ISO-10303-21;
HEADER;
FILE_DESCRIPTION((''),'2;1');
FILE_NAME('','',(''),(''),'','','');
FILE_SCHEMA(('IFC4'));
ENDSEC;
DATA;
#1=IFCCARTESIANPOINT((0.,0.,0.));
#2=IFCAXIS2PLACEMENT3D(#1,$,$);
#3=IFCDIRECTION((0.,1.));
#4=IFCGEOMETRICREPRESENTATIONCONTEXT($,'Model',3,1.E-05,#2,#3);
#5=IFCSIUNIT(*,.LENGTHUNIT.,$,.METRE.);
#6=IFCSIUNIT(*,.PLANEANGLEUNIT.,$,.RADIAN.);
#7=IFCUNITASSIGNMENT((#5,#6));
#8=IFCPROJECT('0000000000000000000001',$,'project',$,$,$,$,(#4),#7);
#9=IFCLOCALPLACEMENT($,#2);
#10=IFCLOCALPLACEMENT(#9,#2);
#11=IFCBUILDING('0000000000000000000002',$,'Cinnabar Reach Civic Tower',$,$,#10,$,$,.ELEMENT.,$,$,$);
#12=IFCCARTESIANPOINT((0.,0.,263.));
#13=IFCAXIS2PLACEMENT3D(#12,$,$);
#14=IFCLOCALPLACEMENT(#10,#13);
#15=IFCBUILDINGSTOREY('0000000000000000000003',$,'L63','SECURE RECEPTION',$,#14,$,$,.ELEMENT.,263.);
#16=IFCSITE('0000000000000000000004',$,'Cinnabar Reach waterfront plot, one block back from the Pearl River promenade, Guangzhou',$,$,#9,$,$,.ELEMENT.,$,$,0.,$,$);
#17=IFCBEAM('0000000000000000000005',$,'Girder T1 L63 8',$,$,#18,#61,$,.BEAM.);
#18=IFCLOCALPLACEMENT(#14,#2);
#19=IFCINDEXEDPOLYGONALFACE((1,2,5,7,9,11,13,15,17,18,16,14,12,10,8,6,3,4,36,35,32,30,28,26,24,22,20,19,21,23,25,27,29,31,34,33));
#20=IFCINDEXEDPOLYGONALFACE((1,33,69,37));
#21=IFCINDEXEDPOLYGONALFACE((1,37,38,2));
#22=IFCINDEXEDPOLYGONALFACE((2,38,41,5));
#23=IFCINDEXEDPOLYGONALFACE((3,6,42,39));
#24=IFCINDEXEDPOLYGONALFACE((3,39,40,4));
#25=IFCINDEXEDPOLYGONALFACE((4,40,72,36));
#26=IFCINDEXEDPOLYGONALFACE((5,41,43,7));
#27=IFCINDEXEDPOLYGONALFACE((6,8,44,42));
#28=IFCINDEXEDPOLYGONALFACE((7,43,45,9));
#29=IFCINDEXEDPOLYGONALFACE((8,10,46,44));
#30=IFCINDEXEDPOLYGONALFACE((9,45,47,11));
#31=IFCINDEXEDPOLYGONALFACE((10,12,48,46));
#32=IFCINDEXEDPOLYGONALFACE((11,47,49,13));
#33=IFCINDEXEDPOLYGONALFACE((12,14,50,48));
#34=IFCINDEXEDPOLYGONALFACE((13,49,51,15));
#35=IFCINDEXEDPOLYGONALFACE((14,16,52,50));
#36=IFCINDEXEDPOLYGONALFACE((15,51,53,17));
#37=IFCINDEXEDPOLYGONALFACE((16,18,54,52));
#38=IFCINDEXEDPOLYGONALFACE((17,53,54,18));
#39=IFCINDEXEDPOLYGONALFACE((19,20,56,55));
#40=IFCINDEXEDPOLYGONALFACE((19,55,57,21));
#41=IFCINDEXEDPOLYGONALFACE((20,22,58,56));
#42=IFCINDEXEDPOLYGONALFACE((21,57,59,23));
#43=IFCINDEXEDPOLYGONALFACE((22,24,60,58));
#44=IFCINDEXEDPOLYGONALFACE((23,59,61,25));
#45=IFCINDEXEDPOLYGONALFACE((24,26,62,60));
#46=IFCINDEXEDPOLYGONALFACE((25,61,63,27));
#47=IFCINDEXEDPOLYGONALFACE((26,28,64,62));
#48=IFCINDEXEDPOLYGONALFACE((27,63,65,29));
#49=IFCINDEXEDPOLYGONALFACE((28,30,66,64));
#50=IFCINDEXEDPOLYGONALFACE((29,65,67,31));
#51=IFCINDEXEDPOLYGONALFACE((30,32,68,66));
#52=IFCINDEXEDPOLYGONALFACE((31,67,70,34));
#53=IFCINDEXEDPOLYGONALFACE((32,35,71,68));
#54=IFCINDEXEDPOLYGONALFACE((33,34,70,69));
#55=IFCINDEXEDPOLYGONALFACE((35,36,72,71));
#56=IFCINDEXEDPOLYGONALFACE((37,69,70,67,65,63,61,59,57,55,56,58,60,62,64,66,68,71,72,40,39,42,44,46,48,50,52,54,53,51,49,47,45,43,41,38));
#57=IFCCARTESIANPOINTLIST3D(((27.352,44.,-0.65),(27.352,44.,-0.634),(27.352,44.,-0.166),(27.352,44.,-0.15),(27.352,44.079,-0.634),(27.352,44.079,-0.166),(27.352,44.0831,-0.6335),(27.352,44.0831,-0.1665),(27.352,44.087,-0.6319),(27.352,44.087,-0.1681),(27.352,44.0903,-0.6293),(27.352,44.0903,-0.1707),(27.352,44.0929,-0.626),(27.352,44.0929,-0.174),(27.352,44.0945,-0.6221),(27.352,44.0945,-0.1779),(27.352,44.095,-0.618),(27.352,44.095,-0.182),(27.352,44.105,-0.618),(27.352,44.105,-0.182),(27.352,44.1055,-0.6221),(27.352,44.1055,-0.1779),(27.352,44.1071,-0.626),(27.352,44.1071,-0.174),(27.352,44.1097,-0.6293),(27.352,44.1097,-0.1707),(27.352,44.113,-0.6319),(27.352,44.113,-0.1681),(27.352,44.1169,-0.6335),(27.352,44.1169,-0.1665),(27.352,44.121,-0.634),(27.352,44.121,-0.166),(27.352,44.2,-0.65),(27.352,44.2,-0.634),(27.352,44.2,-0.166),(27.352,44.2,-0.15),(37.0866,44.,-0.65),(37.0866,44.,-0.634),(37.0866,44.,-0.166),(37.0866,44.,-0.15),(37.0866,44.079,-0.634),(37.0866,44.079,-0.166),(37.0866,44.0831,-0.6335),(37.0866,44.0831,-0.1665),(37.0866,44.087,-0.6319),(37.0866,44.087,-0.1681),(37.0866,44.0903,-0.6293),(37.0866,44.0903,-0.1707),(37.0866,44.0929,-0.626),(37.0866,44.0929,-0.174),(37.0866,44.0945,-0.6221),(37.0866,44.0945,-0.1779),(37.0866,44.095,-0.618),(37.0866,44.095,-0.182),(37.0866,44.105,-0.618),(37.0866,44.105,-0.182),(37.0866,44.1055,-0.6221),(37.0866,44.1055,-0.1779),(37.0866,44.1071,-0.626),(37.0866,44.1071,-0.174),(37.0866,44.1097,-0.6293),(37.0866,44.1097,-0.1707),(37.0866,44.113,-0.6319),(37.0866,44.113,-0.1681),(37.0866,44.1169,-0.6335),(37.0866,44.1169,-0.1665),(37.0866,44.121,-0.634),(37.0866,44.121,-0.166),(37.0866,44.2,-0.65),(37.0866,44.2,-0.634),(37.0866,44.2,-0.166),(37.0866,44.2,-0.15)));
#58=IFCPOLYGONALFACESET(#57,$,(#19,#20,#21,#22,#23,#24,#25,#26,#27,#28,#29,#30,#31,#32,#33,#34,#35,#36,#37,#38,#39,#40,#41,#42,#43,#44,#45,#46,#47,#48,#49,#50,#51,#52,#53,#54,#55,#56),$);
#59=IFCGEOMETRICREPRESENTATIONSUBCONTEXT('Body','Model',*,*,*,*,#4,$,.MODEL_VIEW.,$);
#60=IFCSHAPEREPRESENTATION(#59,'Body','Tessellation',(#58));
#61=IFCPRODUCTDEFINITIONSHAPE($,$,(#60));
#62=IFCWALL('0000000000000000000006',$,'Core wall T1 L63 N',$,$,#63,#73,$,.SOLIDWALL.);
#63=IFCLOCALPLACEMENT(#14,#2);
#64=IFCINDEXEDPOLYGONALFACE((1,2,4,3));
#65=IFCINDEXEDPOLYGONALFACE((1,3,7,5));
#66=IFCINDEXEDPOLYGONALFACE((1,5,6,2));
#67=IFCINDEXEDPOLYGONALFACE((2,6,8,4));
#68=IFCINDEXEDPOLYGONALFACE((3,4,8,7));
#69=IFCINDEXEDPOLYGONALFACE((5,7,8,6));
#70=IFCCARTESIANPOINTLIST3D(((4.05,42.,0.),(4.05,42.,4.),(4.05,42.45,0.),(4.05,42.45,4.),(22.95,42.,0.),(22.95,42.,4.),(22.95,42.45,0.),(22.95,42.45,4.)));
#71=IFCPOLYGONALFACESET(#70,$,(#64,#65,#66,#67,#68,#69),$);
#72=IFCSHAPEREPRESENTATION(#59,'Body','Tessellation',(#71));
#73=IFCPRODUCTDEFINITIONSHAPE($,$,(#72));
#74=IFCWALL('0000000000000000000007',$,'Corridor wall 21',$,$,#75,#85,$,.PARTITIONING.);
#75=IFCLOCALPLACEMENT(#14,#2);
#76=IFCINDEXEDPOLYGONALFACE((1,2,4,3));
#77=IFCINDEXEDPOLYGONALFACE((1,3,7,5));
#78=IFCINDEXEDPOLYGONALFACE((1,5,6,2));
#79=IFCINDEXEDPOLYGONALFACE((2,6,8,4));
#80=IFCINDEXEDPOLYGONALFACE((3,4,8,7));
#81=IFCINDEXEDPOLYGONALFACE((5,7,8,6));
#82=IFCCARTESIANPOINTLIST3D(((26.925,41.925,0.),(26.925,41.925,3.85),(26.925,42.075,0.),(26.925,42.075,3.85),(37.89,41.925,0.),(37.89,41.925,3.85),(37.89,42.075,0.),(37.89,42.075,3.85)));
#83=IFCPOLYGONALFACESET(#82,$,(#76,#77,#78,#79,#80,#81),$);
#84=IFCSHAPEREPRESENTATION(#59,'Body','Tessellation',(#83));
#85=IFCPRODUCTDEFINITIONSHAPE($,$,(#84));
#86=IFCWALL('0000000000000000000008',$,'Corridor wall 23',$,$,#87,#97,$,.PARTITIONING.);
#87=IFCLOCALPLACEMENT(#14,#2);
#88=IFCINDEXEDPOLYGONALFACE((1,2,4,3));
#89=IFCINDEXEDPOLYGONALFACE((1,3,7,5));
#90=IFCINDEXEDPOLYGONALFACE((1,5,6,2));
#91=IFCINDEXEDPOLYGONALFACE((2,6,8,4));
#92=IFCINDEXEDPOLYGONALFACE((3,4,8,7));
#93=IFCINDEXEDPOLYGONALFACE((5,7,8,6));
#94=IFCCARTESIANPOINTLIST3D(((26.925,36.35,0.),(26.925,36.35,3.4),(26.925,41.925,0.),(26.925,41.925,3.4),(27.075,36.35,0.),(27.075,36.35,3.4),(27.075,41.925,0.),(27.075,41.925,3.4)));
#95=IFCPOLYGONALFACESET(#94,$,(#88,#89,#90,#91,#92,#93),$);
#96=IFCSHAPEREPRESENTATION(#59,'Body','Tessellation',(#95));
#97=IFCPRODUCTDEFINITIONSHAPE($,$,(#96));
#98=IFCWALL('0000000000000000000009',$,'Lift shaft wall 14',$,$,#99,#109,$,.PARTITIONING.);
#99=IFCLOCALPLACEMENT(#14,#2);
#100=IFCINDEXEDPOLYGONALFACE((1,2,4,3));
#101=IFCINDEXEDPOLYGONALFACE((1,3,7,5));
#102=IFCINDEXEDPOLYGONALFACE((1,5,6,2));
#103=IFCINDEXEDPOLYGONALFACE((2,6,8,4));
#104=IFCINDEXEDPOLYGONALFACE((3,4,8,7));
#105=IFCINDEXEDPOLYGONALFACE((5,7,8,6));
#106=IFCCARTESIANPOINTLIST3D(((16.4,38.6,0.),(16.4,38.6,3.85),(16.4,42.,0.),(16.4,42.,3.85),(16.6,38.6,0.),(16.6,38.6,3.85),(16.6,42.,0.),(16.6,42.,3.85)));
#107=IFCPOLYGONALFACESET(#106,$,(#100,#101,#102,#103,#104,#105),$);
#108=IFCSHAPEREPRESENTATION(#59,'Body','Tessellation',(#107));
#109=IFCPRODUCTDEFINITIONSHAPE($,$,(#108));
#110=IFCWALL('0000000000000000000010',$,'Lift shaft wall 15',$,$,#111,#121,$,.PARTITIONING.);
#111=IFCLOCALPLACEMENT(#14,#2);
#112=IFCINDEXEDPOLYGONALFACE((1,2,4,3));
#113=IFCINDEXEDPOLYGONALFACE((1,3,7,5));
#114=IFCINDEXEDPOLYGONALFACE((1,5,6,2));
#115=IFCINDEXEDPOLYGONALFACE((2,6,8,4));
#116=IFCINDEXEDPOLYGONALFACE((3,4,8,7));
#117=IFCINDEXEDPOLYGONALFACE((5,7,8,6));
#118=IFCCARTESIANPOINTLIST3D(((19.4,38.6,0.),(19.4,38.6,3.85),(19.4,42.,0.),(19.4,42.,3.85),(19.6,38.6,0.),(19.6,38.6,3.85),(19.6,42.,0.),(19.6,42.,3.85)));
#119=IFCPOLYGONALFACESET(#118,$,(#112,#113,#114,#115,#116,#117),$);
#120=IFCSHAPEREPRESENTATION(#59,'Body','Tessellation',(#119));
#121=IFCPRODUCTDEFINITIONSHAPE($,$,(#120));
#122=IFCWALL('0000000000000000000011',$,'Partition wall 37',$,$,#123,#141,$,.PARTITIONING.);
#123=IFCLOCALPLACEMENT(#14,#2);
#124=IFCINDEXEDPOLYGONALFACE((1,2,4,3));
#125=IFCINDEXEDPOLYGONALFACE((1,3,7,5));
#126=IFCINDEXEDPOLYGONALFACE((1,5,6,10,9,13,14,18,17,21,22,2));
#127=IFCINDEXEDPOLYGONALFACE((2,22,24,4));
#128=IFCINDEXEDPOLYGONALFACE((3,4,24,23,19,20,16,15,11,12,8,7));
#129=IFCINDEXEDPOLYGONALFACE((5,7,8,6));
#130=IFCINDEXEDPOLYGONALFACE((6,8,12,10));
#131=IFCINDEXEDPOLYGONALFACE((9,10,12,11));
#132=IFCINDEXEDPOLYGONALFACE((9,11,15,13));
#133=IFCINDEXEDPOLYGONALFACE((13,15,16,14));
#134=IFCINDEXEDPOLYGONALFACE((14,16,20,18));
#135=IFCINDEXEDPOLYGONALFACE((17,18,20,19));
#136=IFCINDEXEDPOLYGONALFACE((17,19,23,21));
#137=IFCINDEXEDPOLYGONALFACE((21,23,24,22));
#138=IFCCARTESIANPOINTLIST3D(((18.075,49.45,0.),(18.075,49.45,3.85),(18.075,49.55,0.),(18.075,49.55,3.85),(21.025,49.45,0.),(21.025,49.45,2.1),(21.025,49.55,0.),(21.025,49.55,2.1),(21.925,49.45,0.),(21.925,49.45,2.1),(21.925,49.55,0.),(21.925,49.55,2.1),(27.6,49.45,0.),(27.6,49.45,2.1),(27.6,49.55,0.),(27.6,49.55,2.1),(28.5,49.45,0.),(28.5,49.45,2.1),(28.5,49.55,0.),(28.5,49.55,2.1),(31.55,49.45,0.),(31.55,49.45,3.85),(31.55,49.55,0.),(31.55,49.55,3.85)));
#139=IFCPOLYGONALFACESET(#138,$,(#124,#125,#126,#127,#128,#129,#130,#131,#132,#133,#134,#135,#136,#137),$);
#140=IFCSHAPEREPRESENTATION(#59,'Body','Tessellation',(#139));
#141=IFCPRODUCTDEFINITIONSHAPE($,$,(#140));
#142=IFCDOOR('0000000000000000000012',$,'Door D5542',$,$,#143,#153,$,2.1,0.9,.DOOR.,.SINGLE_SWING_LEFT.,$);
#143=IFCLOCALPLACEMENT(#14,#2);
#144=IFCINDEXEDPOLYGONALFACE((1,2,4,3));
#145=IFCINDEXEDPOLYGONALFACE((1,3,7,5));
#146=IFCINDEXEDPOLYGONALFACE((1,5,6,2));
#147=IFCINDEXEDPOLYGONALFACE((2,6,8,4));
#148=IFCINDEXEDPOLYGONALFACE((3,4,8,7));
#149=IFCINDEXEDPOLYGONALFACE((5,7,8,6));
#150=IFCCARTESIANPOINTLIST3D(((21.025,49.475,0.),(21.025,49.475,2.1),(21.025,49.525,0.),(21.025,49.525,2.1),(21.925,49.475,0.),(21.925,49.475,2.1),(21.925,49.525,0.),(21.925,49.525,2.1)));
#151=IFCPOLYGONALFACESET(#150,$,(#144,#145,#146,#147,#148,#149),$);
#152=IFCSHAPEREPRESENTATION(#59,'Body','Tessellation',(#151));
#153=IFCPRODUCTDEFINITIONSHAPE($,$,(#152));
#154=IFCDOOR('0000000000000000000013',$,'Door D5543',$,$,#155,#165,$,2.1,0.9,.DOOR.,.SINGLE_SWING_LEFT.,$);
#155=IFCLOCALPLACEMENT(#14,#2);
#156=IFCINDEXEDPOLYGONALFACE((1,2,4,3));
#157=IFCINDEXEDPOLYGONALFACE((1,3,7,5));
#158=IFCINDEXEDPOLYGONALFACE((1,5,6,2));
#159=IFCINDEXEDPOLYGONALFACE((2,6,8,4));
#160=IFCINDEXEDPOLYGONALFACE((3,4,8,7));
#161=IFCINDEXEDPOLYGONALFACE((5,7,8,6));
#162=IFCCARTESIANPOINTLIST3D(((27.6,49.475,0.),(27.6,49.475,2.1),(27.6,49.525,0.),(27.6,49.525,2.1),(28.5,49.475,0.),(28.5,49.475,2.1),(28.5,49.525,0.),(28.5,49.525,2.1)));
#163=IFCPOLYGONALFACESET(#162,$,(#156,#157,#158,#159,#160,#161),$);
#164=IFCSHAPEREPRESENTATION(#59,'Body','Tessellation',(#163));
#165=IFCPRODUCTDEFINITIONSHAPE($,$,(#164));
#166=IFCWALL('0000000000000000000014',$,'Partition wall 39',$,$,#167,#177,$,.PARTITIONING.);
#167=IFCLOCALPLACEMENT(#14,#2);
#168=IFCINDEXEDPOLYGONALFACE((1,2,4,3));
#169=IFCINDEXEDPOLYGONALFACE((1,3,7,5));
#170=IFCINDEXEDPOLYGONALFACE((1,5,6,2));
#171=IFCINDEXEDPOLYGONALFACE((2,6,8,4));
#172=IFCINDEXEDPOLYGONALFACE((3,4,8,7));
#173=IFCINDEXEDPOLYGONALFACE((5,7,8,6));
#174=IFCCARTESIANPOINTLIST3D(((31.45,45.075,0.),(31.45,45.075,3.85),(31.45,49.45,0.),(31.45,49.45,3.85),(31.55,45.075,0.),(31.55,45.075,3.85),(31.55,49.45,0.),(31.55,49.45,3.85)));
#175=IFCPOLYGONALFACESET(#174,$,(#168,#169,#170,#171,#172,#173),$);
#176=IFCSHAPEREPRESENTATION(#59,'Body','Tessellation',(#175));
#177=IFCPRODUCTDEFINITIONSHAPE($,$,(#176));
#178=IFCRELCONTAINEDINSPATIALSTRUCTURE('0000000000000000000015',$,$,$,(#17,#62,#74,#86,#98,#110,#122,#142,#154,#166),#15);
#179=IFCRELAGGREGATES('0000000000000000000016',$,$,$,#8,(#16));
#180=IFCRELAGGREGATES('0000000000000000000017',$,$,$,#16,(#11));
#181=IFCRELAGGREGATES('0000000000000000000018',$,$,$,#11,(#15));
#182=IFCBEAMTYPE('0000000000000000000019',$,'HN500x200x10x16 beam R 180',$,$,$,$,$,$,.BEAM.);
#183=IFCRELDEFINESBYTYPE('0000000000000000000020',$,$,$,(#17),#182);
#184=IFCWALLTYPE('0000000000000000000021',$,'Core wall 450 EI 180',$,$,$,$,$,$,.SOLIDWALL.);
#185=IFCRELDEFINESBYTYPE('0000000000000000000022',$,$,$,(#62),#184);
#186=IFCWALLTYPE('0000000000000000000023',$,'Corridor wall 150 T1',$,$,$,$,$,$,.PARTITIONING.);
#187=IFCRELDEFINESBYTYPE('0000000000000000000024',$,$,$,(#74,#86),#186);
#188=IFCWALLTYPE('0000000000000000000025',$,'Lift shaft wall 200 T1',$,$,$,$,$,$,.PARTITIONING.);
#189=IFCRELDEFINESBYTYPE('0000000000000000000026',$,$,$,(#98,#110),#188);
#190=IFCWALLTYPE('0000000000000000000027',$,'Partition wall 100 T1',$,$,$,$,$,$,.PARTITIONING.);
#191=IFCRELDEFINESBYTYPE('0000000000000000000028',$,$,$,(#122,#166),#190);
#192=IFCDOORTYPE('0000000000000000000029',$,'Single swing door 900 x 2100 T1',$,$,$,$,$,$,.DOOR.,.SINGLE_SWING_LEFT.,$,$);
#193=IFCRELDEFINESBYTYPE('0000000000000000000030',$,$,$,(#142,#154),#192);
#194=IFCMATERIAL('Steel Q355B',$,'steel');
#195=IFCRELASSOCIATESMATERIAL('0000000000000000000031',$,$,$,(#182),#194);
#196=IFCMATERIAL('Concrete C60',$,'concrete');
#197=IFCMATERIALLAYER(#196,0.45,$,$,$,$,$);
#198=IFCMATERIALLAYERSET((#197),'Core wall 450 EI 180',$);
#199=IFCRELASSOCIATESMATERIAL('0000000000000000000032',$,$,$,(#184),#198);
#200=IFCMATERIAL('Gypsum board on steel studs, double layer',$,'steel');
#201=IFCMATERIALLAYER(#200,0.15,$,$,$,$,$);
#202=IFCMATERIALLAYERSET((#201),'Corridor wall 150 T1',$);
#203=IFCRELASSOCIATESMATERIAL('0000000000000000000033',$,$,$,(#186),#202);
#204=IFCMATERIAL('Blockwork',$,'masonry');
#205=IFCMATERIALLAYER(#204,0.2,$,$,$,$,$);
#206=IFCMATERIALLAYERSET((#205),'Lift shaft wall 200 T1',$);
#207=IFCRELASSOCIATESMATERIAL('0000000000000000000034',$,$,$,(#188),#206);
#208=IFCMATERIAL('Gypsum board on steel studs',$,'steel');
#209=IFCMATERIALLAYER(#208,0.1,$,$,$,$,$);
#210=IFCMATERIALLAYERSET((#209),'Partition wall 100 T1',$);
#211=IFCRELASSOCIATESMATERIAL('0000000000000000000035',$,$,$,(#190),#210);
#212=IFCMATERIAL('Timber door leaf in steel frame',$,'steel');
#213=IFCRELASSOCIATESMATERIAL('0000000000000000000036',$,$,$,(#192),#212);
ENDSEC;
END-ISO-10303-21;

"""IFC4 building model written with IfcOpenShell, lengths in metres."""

from ifc_helpers import new_model, si_unit, direction, frame, frame_2d, origin, origin_2d, place, context, subcontext, project, spatial, rectangle, i_section, extrude, material, layer, layer_set, material_profile, profile_set, type_object, element, fill, save


model = new_model("IFC4")

# Units and contexts
model_context = context("Model", 3, precision=1e-05, world=origin(), true_north=direction((0.0, 1.0)))
body_context = subcontext(model_context, "Body", "Model", "MODEL_VIEW")
ifc_project = project(units=[si_unit("LENGTHUNIT", "METRE"), si_unit("PLANEANGLEUNIT", "RADIAN")], contexts=[model_context])

# Site, building, storey
site_placement = place(None, origin())
site = spatial("IfcSite", under=ifc_project, at=site_placement, Name="Cinnabar Reach waterfront plot, one block back from the Pearl River promenade, Guangzhou", CompositionType="ELEMENT", RefElevation=0.0)
building_placement = place(site_placement, origin())
building = spatial("IfcBuilding", under=site, at=building_placement, Name="Cinnabar Reach Civic Tower", CompositionType="ELEMENT")
storey_placement = place(building_placement, frame((0.0, 0.0, 263.0)))
storey = spatial("IfcBuildingStorey", under=building, at=storey_placement, Name="L63", Description="SECURE RECEPTION", CompositionType="ELEMENT", Elevation=263.0)

# Shared definitions
ifc_material_1 = material(Name="Concrete C60", Category="concrete")

# Beam
ifc_material_2 = material(Name="Steel Q355B", Category="steel")
ifc_material_profile_1 = material_profile(ifc_material_2, i_section(OverallWidth=0.2, OverallDepth=0.5, WebThickness=0.01, FlangeThickness=0.016, FilletRadius=0.016, at=origin_2d()), Name="HN500x200x10x16")
ifc_profile_set_1 = profile_set([ifc_material_profile_1], Name="Steel Q355B")
beam_type_1 = type_object("IfcBeamType", Name="HN500x200x10x16 beam R 180", PredefinedType="BEAM", material=ifc_profile_set_1)
beam_1_placement = place(storey_placement, frame((27.352, 44.1, -0.4), z_axis=(1.0, 0.0, 0.0), x_axis=(0.0, 1.0, 0.0)))
element("IfcBeam", 1, at=beam_1_placement, inside=storey, type_object=beam_type_1, Name="Girder T1 L63 8", PredefinedType="BEAM", context=body_context, shape_type="SweptSolid", body=[
    extrude(i_section(OverallWidth=0.2, OverallDepth=0.5, WebThickness=0.01, FlangeThickness=0.016, FilletRadius=0.016, at=origin_2d()), origin(), (0.0, 0.0, 1.0), 9.7346),
])

# Walls
ifc_layer_1 = layer(ifc_material_1, 0.45)
ifc_layer_set_1 = layer_set([ifc_layer_1], Name="Core wall 450 EI 180")
wall_type_1 = type_object("IfcWallType", Name="Core wall 450 EI 180", PredefinedType="SOLIDWALL", material=ifc_layer_set_1)
wall_1_placement = place(storey_placement, frame((22.95, 42.225, 0.0), z_axis=(0.0, 0.0, 1.0), x_axis=(-1.0, 0.0, 0.0)))
element("IfcWall", 2, at=wall_1_placement, inside=storey, type_object=wall_type_1, Name="Core wall T1 L63 N", PredefinedType="SOLIDWALL", context=body_context, shape_type="SweptSolid", body=[
    extrude(rectangle(XDim=18.9, YDim=0.45, at=frame_2d((9.45, 0.0))), origin(), (0.0, 0.0, 1.0), 4.0),
])
ifc_material_3 = material(Name="Gypsum board on steel studs, double layer", Category="steel")
ifc_layer_2 = layer(ifc_material_3, 0.15)
ifc_layer_set_2 = layer_set([ifc_layer_2], Name="Corridor wall 150 T1")
wall_type_2 = type_object("IfcWallType", Name="Corridor wall 150 T1", PredefinedType="PARTITIONING", material=ifc_layer_set_2)
wall_2_placement = place(storey_placement, frame((26.925, 42.0, 0.0), z_axis=(0.0, 0.0, 1.0), x_axis=(1.0, 0.0, 0.0)))
element("IfcWall", 3, at=wall_2_placement, inside=storey, type_object=wall_type_2, Name="Corridor wall 21", PredefinedType="PARTITIONING", context=body_context, shape_type="SweptSolid", body=[
    extrude(rectangle(XDim=10.965, YDim=0.15, at=frame_2d((5.4825, 0.0))), origin(), (0.0, 0.0, 1.0), 3.85),
])
wall_3_placement = place(storey_placement, frame((27.0, 36.35, 0.0), z_axis=(0.0, 0.0, 1.0), x_axis=(0.0, 1.0, 0.0)))
element("IfcWall", 4, at=wall_3_placement, inside=storey, type_object=wall_type_2, Name="Corridor wall 23", PredefinedType="PARTITIONING", context=body_context, shape_type="SweptSolid", body=[
    extrude(rectangle(XDim=5.575, YDim=0.15, at=frame_2d((2.7875, 0.0))), origin(), (0.0, 0.0, 1.0), 3.4),
])
ifc_material_4 = material(Name="Blockwork", Category="masonry")
ifc_layer_3 = layer(ifc_material_4, 0.2)
ifc_layer_set_3 = layer_set([ifc_layer_3], Name="Lift shaft wall 200 T1")
wall_type_3 = type_object("IfcWallType", Name="Lift shaft wall 200 T1", PredefinedType="PARTITIONING", material=ifc_layer_set_3)
for number, where, z_axis, x_axis, name in (
    (5, (16.5, 38.6, 0.0), (0.0, 0.0, 1.0), (0.0, 1.0, 0.0), "Lift shaft wall 14"),
    (6, (19.5, 38.6, 0.0), (0.0, 0.0, 1.0), (0.0, 1.0, 0.0), "Lift shaft wall 15"),
):
    element("IfcWall", number, at=place(storey_placement, frame(where, z_axis=z_axis, x_axis=x_axis)), inside=storey, type_object=wall_type_3, Name=name, PredefinedType="PARTITIONING", context=body_context, shape_type="SweptSolid", body=[
        extrude(rectangle(XDim=3.4, YDim=0.2, at=frame_2d((1.7, 0.0))), origin(), (0.0, 0.0, 1.0), 3.85),
    ])

# Wall, openings, doors
ifc_material_5 = material(Name="Gypsum board on steel studs", Category="steel")
ifc_layer_4 = layer(ifc_material_5, 0.1)
ifc_layer_set_4 = layer_set([ifc_layer_4], Name="Partition wall 100 T1")
wall_type_4 = type_object("IfcWallType", Name="Partition wall 100 T1", PredefinedType="PARTITIONING", material=ifc_layer_set_4)
wall_4_placement = place(storey_placement, frame((18.075, 49.5, 0.0), z_axis=(0.0, 0.0, 1.0), x_axis=(1.0, 0.0, 0.0)))
wall_4 = element("IfcWall", 7, at=wall_4_placement, inside=storey, type_object=wall_type_4, Name="Partition wall 37", PredefinedType="PARTITIONING", context=body_context, shape_type="SweptSolid", body=[
    extrude(rectangle(XDim=13.475, YDim=0.1, at=frame_2d((6.7375, 0.0))), origin(), (0.0, 0.0, 1.0), 3.85),
])
opening_1_placement = place(wall_4_placement, frame((2.95, 0.0, 0.0)))
opening_1 = element("IfcOpeningElement", 8, at=opening_1_placement, cuts=wall_4, PredefinedType="OPENING", context=body_context, shape_type="SweptSolid", body=[
    extrude(rectangle(XDim=0.9, YDim=2.1, at=frame_2d((0.45, 1.05))), frame((0.0, 0.06, 0.0), z_axis=(0.0, -1.0, 0.0), x_axis=(1.0, 0.0, 0.0)), (0.0, 0.0, 1.0), 0.12),
])
opening_2_placement = place(wall_4_placement, frame((9.525, 0.0, 0.0)))
opening_2 = element("IfcOpeningElement", 9, at=opening_2_placement, cuts=wall_4, PredefinedType="OPENING", context=body_context, shape_type="SweptSolid", body=[
    extrude(rectangle(XDim=0.9, YDim=2.1, at=frame_2d((0.45, 1.05))), frame((0.0, 0.06, 0.0), z_axis=(0.0, -1.0, 0.0), x_axis=(1.0, 0.0, 0.0)), (0.0, 0.0, 1.0), 0.12),
])
ifc_material_6 = material(Name="Timber door leaf in steel frame", Category="steel")
door_type_1 = type_object("IfcDoorType", Name="Single swing door 900 x 2100 T1", OperationType="SINGLE_SWING_LEFT", PredefinedType="DOOR", material=ifc_material_6)
door_1_placement = place(opening_1_placement, frame((0.9, 0.0, 0.0), z_axis=(0.0, 0.0, 1.0), x_axis=(-1.0, 0.0, 0.0)))
door_1 = element("IfcDoor", 10, at=door_1_placement, inside=storey, type_object=door_type_1, Name="Door D5542", OperationType="SINGLE_SWING_LEFT", OverallHeight=2.1, OverallWidth=0.9, PredefinedType="DOOR", context=body_context, shape_type="SweptSolid", body=[
    extrude(rectangle(XDim=0.9, YDim=2.1, at=frame_2d((0.45, 1.05))), frame((0.0, 0.025, 0.0), z_axis=(0.0, -1.0, 0.0), x_axis=(1.0, 0.0, 0.0)), (0.0, 0.0, 1.0), 0.05),
])
fill(opening_1, door_1)
door_2_placement = place(opening_2_placement, frame((0.9, 0.0, 0.0), z_axis=(0.0, 0.0, 1.0), x_axis=(-1.0, 0.0, 0.0)))
door_2 = element("IfcDoor", 11, at=door_2_placement, inside=storey, type_object=door_type_1, Name="Door D5543", OperationType="SINGLE_SWING_LEFT", OverallHeight=2.1, OverallWidth=0.9, PredefinedType="DOOR", context=body_context, shape_type="SweptSolid", body=[
    extrude(rectangle(XDim=0.9, YDim=2.1, at=frame_2d((0.45, 1.05))), frame((0.0, 0.025, 0.0), z_axis=(0.0, -1.0, 0.0), x_axis=(1.0, 0.0, 0.0)), (0.0, 0.0, 1.0), 0.05),
])
fill(opening_2, door_2)

# Wall
wall_5_placement = place(storey_placement, frame((31.5, 45.075, 0.0), z_axis=(0.0, 0.0, 1.0), x_axis=(0.0, 1.0, 0.0)))
element("IfcWall", 12, at=wall_5_placement, inside=storey, type_object=wall_type_4, Name="Partition wall 39", PredefinedType="PARTITIONING", context=body_context, shape_type="SweptSolid", body=[
    extrude(rectangle(XDim=4.375, YDim=0.1, at=frame_2d((2.1875, 0.0))), origin(), (0.0, 0.0, 1.0), 3.85),
])

save(model, "model.ifc")
